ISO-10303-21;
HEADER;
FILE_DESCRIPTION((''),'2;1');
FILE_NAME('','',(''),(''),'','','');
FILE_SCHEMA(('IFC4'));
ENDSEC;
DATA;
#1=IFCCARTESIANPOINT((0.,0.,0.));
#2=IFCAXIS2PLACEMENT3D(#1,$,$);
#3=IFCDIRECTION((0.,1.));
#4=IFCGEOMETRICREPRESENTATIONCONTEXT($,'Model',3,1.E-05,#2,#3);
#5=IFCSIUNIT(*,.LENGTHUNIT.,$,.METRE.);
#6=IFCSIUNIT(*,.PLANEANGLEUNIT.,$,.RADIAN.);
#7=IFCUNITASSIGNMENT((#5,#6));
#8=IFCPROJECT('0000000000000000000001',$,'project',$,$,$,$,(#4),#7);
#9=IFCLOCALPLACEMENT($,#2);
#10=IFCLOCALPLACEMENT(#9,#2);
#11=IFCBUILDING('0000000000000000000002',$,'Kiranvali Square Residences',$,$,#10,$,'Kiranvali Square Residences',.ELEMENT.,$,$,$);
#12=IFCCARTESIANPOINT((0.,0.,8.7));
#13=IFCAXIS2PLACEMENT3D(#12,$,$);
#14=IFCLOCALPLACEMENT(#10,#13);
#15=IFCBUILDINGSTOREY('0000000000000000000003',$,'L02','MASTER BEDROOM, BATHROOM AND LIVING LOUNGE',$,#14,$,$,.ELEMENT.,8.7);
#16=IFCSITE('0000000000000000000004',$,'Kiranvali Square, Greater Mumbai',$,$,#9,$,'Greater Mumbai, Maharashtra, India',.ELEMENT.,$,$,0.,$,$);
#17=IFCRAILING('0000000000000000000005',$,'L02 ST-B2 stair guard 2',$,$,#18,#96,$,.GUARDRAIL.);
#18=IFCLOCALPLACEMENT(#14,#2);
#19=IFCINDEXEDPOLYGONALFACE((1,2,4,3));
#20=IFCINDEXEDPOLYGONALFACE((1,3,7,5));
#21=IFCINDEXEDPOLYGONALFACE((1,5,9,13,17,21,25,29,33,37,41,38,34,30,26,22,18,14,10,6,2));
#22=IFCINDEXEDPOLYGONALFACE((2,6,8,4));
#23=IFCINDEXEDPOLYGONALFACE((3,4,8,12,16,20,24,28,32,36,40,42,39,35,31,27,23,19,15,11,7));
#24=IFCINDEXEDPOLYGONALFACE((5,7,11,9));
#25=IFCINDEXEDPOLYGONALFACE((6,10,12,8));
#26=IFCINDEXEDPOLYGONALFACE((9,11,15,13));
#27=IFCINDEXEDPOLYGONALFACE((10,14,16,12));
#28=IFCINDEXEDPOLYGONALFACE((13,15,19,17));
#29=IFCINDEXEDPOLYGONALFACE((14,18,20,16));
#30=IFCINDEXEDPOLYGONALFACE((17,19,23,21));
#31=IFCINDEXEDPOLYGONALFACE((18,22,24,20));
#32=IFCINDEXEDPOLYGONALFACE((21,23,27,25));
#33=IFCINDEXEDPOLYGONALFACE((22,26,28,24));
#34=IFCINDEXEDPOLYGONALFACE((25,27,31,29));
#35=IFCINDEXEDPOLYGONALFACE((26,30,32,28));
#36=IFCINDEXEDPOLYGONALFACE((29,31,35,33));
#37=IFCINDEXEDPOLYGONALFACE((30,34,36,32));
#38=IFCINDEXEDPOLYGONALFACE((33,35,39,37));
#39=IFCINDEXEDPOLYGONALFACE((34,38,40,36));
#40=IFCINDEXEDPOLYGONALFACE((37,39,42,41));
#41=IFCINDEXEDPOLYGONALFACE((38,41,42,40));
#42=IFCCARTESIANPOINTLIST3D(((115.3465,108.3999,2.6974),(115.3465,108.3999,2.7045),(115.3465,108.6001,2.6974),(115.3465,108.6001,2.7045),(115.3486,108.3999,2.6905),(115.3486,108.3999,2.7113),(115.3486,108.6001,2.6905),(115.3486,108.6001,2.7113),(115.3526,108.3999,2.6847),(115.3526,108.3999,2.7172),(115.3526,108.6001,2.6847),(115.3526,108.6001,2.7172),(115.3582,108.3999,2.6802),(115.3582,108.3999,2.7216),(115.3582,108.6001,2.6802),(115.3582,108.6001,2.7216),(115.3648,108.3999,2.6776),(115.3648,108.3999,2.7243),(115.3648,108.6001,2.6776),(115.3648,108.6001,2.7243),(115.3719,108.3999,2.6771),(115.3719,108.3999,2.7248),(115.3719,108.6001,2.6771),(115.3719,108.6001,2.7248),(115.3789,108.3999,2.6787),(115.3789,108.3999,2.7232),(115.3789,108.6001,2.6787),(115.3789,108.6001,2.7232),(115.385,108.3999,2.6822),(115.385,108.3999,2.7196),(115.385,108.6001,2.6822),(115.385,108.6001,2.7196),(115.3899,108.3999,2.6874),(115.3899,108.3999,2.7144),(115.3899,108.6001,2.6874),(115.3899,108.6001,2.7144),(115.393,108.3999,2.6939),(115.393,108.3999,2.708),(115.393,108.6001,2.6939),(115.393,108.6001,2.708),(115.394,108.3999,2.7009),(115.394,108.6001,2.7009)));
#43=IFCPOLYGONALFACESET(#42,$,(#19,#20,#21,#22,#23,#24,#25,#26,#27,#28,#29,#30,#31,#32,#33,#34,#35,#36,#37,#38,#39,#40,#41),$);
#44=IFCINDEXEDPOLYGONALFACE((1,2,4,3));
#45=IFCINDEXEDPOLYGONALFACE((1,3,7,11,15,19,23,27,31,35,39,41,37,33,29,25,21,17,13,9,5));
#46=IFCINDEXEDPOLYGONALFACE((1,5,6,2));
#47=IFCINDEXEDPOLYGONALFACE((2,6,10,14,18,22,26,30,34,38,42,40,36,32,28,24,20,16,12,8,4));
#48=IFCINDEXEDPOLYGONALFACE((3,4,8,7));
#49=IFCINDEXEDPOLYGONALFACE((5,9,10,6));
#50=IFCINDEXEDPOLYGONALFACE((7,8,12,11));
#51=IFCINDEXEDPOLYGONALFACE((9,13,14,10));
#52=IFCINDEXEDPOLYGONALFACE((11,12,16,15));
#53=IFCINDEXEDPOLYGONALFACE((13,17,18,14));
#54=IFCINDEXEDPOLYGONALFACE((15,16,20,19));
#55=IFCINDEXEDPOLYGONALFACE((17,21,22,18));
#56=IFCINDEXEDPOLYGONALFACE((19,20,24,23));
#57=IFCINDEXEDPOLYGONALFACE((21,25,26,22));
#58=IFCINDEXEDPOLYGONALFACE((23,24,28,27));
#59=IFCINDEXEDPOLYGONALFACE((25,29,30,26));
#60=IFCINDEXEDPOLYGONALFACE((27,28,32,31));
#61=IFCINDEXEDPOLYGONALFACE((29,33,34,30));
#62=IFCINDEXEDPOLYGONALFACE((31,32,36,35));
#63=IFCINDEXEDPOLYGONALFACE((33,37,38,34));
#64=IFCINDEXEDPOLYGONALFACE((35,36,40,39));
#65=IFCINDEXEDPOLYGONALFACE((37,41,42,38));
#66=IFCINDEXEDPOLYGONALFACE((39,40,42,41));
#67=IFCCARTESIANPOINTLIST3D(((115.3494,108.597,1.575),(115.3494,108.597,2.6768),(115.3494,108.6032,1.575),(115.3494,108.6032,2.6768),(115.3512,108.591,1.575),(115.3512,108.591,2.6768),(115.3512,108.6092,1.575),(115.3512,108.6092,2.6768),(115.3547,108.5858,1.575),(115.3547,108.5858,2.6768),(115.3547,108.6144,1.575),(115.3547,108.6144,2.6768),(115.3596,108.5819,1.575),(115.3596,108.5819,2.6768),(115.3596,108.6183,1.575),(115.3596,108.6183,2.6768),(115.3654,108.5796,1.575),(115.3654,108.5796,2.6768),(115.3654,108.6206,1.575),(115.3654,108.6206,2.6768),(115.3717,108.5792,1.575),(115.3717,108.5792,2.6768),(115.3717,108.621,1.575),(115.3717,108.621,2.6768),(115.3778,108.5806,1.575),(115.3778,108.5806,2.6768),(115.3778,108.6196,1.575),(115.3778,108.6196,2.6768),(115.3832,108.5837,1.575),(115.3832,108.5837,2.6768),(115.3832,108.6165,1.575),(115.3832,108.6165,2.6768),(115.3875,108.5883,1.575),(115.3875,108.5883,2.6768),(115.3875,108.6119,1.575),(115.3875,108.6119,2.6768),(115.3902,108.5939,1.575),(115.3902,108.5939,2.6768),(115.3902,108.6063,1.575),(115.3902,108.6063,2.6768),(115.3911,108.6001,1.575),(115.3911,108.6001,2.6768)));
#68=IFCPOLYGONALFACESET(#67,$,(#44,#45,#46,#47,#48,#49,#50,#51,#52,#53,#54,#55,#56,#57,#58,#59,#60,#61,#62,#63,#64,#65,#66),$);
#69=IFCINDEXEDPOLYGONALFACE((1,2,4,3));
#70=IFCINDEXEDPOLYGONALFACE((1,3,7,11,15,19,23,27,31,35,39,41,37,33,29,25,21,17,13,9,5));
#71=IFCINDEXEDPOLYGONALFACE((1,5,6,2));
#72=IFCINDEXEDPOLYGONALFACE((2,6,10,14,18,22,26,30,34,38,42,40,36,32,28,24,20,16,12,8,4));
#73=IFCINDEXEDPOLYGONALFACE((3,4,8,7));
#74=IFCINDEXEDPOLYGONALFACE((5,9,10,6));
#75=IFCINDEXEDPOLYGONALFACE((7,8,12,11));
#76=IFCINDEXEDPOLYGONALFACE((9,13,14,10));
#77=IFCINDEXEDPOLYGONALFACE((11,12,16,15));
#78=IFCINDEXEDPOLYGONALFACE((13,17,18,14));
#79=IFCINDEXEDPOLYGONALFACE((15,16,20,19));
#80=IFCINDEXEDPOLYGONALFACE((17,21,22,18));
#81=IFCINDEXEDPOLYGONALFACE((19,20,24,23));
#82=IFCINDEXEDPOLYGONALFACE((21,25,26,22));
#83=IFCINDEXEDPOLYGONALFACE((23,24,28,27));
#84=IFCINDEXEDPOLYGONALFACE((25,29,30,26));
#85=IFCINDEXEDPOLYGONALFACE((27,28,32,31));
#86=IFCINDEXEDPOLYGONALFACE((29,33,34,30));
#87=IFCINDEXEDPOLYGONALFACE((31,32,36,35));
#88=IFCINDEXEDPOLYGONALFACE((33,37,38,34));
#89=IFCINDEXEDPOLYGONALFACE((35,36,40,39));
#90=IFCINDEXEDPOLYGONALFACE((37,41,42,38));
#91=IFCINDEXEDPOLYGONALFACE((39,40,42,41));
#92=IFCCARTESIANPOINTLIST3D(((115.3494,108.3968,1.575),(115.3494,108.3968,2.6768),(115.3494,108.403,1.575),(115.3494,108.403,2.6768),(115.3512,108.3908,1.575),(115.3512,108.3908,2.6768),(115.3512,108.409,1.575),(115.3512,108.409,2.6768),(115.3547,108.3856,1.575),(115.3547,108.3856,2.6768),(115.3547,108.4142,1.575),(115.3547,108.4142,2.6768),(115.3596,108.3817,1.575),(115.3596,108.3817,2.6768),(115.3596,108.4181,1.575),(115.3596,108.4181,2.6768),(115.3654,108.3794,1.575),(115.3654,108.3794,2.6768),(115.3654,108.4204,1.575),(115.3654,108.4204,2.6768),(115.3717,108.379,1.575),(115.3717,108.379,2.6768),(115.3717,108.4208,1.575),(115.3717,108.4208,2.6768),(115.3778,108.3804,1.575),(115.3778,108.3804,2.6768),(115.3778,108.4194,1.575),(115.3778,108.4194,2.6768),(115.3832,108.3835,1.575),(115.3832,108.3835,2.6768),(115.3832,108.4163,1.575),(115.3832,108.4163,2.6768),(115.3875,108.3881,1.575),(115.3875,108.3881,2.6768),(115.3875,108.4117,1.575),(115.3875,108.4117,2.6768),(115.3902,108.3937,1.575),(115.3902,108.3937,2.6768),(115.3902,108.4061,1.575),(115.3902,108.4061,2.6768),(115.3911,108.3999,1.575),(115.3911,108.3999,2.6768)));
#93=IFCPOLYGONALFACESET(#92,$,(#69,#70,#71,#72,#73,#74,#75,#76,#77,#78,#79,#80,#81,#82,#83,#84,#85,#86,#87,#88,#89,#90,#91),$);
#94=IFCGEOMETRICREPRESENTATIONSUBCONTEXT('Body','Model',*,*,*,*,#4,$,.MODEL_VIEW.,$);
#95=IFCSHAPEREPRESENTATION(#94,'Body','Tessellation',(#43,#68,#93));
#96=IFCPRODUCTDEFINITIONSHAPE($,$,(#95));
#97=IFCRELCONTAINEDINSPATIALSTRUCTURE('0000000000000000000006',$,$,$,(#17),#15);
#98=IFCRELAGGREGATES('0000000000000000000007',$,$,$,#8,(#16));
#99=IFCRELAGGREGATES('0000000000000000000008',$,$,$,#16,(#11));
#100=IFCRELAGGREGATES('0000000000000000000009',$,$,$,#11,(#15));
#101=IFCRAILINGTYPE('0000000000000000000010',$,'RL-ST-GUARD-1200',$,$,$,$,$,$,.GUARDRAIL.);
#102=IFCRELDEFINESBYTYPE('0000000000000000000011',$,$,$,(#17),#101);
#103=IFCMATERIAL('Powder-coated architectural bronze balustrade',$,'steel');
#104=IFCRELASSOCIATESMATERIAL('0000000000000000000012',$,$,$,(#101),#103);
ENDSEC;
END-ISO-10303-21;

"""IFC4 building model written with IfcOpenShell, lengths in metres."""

from ifc_helpers import new_model, si_unit, direction, frame, origin, origin_2d, place, context, subcontext, project, spatial, circle, extrude, material, type_object, element, save


model = new_model("IFC4")

# Units and contexts
model_context = context("Model", 3, precision=1e-05, world=origin(), true_north=direction((0.0, 1.0)))
body_context = subcontext(model_context, "Body", "Model", "MODEL_VIEW")
ifc_project = project(units=[si_unit("LENGTHUNIT", "METRE"), si_unit("PLANEANGLEUNIT", "RADIAN")], contexts=[model_context])

# Site, building, storey
site_placement = place(None, origin())
site = spatial("IfcSite", under=ifc_project, at=site_placement, Name="Kiranvali Square, Greater Mumbai", LongName="Greater Mumbai, Maharashtra, India", CompositionType="ELEMENT", RefElevation=0.0)
building_placement = place(site_placement, origin())
building = spatial("IfcBuilding", under=site, at=building_placement, Name="Kiranvali Square Residences", LongName="Kiranvali Square Residences", CompositionType="ELEMENT")
storey_placement = place(building_placement, frame((0.0, 0.0, 8.7)))
storey = spatial("IfcBuildingStorey", under=building, at=storey_placement, Name="L02", Description="MASTER BEDROOM, BATHROOM AND LIVING LOUNGE", CompositionType="ELEMENT", Elevation=8.7)

# Railing
ifc_material_1 = material(Name="Powder-coated architectural bronze balustrade", Category="steel")
railing_type_1 = type_object("IfcRailingType", Name="RL-ST-GUARD-1200", PredefinedType="GUARDRAIL", material=ifc_material_1)
railing_1_placement = place(storey_placement, frame((115.3701, 108.6001, 1.575)))
element("IfcRailing", 1, at=railing_1_placement, inside=storey, type_object=railing_type_1, Name="L02 ST-B2 stair guard 2", PredefinedType="GUARDRAIL", context=body_context, shape_type="SweptSolid", body=[
    extrude(circle(Radius=0.0239, at=origin_2d()), frame((0.0, 0.0, 1.126), z_axis=(0.0, -1.0, 0.0), x_axis=(1.0, 0.0, 0.0)), (0.0, 0.0, 1.0), 0.2002),
    extrude(circle(Radius=0.021, at=origin_2d()), origin(), (0.0, 0.0, 1.0), 1.1018),
    extrude(circle(Radius=0.021, at=origin_2d()), frame((0.0, -0.2002, 0.0)), (0.0, 0.0, 1.0), 1.1018),
])

save(model, "model.ifc")
